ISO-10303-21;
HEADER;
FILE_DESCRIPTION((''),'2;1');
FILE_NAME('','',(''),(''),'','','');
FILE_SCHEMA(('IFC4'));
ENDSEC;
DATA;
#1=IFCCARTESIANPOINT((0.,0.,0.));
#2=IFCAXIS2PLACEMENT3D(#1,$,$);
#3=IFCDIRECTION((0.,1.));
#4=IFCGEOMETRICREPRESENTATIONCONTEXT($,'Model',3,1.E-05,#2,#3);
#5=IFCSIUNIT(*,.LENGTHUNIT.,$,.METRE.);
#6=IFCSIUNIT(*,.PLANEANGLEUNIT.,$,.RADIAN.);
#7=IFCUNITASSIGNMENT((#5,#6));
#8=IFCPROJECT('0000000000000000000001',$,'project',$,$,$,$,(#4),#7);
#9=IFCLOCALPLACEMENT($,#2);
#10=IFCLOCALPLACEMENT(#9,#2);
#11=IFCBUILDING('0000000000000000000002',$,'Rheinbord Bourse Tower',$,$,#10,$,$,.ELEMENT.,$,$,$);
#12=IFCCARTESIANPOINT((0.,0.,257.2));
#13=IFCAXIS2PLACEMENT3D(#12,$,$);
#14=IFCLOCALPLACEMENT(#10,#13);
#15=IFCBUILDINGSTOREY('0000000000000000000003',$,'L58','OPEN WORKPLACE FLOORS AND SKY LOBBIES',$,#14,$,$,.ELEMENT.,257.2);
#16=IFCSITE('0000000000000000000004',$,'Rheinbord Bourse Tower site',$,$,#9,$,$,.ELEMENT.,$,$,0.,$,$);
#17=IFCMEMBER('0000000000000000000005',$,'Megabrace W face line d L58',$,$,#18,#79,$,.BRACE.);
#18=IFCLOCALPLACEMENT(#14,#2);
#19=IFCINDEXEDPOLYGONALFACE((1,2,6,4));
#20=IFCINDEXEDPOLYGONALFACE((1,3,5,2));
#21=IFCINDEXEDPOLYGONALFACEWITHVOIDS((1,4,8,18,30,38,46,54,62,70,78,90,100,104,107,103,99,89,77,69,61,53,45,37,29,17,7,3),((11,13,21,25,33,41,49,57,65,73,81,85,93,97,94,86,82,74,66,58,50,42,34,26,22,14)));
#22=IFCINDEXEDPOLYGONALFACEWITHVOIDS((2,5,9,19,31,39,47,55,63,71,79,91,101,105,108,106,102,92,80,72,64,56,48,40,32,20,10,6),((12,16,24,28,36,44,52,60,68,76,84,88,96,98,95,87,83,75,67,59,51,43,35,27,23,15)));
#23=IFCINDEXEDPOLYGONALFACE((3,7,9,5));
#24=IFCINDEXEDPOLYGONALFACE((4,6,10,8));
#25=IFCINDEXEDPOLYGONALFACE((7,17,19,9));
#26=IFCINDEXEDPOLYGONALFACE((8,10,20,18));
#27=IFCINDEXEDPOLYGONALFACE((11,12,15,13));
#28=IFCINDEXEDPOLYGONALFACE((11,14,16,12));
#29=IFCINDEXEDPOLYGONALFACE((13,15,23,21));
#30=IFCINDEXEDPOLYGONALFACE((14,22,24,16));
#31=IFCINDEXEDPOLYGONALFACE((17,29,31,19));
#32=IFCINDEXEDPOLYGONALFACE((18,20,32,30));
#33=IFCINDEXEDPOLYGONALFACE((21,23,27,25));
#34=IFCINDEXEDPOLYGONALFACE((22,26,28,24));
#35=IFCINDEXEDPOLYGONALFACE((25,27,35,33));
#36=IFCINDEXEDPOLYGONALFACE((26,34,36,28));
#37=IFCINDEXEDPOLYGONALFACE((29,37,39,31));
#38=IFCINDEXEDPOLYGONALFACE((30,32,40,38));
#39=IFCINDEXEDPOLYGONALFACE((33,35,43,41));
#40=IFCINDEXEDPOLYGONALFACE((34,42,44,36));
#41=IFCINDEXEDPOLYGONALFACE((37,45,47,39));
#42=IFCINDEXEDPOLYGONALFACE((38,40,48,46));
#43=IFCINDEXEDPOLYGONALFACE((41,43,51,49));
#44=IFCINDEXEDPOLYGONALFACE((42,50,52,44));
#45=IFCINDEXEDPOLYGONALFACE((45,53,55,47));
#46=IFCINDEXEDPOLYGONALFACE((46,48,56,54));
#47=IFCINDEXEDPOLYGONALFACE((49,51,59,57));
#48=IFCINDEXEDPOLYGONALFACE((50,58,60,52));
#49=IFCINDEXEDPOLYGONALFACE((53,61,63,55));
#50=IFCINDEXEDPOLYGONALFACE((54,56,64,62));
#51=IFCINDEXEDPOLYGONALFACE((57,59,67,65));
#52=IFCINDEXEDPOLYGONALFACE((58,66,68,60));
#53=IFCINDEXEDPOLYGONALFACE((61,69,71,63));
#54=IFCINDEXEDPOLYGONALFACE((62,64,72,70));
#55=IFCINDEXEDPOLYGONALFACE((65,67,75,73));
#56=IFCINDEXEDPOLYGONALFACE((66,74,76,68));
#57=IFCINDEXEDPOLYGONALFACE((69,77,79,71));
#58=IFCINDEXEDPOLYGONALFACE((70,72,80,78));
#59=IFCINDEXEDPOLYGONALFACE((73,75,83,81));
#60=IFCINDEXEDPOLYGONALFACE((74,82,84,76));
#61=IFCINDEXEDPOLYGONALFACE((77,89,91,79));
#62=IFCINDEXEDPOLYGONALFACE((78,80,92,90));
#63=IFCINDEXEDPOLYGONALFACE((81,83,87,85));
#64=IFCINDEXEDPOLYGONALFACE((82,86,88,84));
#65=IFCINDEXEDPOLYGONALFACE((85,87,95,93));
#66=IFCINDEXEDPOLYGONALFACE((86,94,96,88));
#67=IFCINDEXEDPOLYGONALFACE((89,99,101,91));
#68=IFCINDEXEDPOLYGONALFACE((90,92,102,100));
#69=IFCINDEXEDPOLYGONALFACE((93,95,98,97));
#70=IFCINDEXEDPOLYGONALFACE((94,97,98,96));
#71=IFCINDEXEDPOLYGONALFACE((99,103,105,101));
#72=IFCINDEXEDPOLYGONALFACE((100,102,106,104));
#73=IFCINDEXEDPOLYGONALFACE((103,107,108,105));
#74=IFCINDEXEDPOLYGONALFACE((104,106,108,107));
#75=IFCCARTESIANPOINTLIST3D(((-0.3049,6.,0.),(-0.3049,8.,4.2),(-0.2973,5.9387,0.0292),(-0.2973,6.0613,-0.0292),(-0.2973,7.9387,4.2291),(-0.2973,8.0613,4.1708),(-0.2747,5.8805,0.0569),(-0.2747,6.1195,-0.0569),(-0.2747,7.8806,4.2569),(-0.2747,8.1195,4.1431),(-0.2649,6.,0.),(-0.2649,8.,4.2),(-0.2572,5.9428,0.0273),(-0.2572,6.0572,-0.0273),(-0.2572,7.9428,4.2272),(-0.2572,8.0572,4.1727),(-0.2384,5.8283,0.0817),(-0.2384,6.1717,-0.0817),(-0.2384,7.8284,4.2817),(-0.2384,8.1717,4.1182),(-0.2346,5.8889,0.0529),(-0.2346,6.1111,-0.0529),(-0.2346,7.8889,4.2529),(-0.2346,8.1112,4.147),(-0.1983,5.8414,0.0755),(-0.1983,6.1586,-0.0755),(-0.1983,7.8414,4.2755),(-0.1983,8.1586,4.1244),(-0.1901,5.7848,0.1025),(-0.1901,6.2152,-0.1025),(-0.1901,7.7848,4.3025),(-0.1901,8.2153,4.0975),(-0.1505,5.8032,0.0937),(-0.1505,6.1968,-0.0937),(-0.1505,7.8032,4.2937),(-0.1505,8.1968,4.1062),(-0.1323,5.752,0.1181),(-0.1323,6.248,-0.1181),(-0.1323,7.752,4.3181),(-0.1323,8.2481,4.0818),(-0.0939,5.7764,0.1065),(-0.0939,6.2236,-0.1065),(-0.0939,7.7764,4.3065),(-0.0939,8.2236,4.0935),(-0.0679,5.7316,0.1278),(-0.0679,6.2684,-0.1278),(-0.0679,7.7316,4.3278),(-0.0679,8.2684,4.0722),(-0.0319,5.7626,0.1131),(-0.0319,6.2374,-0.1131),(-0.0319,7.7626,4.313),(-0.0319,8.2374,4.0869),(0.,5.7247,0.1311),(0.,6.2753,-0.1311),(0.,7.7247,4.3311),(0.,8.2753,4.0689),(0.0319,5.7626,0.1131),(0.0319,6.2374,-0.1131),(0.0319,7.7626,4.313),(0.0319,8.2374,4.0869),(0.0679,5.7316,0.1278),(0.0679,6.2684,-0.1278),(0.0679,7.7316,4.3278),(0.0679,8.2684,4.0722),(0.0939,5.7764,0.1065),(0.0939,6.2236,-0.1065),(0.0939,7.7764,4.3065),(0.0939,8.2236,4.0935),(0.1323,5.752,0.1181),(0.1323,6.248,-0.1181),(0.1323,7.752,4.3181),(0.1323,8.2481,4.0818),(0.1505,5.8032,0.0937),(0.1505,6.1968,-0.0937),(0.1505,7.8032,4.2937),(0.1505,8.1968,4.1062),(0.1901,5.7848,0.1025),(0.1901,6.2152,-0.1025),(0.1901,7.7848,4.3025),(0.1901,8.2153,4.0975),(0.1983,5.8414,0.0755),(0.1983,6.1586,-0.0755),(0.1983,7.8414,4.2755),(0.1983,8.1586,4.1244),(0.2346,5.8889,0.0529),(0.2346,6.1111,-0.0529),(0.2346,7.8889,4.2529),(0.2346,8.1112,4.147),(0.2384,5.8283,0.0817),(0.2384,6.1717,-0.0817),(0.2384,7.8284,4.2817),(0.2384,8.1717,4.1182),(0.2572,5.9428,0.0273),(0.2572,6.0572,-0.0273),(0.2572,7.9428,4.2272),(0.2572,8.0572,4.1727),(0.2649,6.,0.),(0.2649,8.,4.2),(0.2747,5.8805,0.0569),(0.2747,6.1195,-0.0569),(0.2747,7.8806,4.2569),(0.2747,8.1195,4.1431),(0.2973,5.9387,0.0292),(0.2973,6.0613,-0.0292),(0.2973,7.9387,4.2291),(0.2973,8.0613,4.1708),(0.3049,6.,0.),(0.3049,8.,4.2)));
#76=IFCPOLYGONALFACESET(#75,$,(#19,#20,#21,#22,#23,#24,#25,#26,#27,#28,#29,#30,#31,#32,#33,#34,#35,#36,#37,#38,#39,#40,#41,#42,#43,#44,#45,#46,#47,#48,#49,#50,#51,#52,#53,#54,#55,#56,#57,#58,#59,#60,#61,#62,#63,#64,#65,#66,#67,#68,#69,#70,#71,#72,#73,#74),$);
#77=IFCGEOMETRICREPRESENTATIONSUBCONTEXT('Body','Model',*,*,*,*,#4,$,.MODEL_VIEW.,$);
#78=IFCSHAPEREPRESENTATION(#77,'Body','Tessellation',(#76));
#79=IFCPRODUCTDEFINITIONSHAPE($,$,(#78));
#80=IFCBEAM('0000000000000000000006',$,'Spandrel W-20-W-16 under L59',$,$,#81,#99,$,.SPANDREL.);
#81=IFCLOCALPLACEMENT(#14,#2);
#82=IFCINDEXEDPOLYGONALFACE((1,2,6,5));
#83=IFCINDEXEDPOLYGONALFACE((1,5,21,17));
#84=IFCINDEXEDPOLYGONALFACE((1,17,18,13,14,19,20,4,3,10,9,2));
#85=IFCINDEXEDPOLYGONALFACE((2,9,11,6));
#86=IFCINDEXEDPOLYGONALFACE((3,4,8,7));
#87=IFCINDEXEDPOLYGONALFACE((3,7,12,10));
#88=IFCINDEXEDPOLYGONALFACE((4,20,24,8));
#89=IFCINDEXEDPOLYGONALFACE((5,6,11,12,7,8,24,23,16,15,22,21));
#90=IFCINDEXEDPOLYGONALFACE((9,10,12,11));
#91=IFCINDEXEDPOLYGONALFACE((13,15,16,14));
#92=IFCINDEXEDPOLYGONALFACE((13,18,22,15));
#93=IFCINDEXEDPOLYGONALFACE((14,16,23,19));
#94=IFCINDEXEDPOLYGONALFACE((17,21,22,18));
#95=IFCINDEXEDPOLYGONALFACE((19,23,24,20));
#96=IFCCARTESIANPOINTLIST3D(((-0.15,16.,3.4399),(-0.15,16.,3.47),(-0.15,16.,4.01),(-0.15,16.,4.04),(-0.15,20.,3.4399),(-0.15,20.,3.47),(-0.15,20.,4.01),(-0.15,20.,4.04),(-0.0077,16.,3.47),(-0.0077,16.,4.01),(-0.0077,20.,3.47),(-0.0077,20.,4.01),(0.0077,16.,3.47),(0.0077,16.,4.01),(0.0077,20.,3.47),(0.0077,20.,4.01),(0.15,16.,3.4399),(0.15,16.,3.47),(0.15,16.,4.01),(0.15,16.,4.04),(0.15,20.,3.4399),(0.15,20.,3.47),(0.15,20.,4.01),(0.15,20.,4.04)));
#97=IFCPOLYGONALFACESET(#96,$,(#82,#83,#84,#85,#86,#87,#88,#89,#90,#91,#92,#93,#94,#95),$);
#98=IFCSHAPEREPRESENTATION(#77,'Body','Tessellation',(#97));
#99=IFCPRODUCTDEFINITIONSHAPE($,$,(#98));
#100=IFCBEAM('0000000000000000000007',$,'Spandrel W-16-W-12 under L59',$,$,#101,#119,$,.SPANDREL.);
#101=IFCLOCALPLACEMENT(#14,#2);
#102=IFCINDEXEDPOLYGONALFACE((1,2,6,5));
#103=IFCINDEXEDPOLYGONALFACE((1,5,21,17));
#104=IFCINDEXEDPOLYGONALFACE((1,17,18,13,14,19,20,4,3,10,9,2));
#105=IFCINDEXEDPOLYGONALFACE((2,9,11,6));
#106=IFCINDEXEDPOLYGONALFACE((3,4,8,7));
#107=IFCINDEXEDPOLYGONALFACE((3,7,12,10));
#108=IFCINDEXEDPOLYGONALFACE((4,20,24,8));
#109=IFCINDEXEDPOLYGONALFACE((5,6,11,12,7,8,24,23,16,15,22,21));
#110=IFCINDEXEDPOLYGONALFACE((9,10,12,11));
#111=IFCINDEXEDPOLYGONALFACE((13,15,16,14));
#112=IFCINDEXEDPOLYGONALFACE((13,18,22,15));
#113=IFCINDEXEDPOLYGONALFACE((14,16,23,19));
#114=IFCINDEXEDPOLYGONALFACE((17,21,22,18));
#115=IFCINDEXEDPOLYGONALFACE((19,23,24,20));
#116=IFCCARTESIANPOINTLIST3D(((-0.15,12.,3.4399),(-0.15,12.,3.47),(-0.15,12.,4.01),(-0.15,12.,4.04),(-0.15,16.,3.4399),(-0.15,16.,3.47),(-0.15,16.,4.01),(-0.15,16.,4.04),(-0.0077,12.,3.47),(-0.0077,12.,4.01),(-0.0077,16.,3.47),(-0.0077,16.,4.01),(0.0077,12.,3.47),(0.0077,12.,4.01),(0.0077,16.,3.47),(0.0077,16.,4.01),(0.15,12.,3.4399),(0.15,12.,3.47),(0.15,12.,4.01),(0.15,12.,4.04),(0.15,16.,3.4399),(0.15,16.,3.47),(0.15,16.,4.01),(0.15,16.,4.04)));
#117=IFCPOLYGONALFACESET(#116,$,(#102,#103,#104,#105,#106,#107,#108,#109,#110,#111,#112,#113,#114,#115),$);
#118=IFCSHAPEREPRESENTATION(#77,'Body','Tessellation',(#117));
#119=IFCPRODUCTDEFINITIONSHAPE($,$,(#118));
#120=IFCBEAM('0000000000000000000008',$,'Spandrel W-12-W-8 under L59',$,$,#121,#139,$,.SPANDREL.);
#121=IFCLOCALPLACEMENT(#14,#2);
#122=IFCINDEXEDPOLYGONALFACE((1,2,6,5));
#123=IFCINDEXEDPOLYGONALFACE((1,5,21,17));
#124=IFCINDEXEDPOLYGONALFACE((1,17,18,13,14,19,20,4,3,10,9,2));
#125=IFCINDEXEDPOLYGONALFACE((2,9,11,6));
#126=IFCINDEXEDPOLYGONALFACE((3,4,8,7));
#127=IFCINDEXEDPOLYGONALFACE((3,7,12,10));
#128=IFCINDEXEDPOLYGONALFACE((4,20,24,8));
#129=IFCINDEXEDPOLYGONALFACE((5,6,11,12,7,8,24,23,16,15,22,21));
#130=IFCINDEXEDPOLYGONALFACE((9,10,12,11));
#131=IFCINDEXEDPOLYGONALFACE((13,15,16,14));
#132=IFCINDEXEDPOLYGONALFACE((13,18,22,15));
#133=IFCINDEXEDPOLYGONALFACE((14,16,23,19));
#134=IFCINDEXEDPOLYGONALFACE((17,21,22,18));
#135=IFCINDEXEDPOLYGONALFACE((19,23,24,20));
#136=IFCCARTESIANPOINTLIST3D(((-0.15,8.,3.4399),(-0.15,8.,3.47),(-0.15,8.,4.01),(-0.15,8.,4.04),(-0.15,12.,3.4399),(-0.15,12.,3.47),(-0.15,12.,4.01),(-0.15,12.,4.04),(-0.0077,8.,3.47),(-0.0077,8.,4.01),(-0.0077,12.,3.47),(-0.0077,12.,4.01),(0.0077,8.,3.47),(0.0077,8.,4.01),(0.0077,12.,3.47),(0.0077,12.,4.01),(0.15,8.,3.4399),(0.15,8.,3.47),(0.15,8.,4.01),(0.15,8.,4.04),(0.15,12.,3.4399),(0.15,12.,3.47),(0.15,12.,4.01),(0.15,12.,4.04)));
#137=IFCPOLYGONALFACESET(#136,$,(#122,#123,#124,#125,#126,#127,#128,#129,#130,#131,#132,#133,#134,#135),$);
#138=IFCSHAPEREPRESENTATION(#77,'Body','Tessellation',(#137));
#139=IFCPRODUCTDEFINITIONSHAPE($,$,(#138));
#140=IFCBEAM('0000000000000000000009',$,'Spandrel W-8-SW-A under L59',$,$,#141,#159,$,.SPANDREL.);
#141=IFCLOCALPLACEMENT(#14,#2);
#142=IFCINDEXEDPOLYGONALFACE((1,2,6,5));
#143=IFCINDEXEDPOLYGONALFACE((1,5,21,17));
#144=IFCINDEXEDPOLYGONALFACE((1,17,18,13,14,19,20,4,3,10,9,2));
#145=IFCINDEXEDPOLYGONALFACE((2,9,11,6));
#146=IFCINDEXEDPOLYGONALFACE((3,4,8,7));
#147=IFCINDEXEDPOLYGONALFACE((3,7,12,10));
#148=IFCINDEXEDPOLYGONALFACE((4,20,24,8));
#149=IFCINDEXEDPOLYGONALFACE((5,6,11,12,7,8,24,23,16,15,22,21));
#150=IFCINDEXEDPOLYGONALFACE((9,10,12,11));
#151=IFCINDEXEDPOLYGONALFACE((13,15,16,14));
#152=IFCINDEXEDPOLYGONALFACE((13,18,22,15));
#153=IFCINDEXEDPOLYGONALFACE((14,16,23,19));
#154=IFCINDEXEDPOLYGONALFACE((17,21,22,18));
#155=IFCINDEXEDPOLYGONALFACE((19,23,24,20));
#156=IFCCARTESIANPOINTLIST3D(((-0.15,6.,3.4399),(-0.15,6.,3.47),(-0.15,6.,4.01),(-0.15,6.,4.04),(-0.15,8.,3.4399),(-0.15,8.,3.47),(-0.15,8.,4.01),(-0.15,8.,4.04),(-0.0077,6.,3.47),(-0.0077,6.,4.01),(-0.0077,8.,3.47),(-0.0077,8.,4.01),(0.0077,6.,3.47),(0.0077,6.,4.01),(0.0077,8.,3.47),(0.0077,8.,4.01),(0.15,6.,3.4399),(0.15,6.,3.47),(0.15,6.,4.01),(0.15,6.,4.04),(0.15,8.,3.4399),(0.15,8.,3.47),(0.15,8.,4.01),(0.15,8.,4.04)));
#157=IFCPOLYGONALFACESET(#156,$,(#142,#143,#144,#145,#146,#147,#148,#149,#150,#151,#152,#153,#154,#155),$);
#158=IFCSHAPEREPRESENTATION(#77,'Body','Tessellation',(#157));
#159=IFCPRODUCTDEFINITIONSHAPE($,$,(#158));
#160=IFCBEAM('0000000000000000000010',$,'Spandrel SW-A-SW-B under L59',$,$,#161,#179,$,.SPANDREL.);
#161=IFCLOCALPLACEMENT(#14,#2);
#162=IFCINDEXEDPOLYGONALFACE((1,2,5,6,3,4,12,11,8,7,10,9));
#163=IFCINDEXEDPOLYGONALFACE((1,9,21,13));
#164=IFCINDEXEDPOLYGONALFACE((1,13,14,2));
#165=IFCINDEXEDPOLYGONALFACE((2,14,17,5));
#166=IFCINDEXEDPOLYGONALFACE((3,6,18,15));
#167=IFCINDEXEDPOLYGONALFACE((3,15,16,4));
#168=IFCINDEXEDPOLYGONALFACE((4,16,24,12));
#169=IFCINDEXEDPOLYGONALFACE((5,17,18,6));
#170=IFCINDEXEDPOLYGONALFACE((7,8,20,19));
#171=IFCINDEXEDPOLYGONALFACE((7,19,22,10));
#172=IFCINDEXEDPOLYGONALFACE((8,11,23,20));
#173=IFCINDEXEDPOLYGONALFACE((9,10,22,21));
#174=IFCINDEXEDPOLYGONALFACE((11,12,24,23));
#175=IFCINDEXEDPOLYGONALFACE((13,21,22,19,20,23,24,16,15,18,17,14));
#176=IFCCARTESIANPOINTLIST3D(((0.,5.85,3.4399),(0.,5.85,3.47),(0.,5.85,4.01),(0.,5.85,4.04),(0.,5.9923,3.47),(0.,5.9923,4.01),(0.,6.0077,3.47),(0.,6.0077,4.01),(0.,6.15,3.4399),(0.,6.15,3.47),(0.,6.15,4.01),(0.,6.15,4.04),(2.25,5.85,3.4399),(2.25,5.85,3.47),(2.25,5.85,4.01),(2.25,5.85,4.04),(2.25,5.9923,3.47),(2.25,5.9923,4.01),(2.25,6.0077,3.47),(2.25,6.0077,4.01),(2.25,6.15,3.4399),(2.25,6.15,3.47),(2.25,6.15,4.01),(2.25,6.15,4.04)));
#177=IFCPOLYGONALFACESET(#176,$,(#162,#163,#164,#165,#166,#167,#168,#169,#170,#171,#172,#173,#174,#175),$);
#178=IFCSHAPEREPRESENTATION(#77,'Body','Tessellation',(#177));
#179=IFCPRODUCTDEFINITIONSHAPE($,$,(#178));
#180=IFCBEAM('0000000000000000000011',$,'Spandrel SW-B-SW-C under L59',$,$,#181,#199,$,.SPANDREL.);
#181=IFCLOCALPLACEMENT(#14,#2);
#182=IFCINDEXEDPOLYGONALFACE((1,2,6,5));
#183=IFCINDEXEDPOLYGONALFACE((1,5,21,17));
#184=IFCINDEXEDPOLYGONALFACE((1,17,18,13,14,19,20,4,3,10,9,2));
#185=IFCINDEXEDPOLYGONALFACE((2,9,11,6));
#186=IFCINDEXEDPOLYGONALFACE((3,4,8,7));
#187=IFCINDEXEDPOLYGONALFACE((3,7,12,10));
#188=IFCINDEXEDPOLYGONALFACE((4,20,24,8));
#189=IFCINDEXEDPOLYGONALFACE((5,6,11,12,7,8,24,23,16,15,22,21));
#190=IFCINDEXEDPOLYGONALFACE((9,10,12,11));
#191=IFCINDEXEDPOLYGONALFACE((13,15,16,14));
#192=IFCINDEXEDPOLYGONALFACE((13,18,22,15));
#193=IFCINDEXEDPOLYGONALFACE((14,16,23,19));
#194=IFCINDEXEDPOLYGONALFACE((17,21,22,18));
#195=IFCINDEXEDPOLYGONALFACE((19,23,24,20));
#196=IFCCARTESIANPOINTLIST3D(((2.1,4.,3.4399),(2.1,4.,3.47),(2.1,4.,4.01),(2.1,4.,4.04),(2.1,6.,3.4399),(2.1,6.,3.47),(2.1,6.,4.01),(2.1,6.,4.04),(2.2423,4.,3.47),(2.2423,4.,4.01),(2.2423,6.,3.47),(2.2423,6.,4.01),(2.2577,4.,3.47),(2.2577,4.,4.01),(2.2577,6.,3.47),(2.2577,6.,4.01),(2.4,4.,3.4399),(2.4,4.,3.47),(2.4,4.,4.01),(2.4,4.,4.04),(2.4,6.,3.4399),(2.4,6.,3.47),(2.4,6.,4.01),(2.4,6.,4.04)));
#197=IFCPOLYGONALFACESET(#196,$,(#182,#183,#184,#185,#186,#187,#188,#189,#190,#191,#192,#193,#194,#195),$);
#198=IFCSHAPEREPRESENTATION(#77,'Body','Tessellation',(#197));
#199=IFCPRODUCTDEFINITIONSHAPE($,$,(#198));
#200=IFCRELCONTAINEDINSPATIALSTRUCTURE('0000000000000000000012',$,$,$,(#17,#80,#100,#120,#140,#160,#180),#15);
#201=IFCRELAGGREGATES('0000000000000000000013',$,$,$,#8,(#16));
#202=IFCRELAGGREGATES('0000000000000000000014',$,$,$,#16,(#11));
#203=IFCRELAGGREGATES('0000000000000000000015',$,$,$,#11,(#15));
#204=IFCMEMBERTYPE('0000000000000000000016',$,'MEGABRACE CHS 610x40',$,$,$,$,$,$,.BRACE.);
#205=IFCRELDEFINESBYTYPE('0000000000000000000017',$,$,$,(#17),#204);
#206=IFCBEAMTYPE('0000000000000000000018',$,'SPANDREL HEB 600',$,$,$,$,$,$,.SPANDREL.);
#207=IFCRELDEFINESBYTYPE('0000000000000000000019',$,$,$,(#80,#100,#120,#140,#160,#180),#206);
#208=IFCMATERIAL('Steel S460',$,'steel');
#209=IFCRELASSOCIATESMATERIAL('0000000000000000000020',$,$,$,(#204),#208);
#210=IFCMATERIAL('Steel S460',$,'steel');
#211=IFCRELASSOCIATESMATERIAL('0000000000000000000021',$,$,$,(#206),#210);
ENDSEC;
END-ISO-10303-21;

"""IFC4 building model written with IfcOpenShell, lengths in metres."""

from ifc_helpers import new_model, si_unit, direction, frame, origin, origin_2d, place, context, subcontext, project, spatial, hollow_circle, i_section, extrude, material, material_profile, profile_set, type_object, element, save


model = new_model("IFC4")

# Units and contexts
model_context = context("Model", 3, precision=1e-05, world=origin(), true_north=direction((0.0, 1.0)))
body_context = subcontext(model_context, "Body", "Model", "MODEL_VIEW")
ifc_project = project(units=[si_unit("LENGTHUNIT", "METRE"), si_unit("PLANEANGLEUNIT", "RADIAN")], contexts=[model_context])

# Site, building, storey
site_placement = place(None, origin())
site = spatial("IfcSite", under=ifc_project, at=site_placement, Name="Rheinbord Bourse Tower site", CompositionType="ELEMENT", RefElevation=0.0)
building_placement = place(site_placement, origin())
building = spatial("IfcBuilding", under=site, at=building_placement, Name="Rheinbord Bourse Tower", CompositionType="ELEMENT")
storey_placement = place(building_placement, frame((0.0, 0.0, 257.2)))
storey = spatial("IfcBuildingStorey", under=building, at=storey_placement, Name="L58", Description="OPEN WORKPLACE FLOORS AND SKY LOBBIES", CompositionType="ELEMENT", Elevation=257.2)

# Member
ifc_material_1 = material(Name="Steel S460", Category="steel")
ifc_material_profile_1 = material_profile(ifc_material_1, hollow_circle(Radius=0.3049, WallThickness=0.04, at=origin_2d()), Name="CHS 610x40")
ifc_profile_set_1 = profile_set([ifc_material_profile_1], Name="Steel S460")
member_type_1 = type_object("IfcMemberType", Name="MEGABRACE CHS 610x40", PredefinedType="BRACE", material=ifc_profile_set_1)
member_1_placement = place(storey_placement, frame((0.0, 6.0, 0.0), z_axis=(0.0, 0.429938, 0.902859), x_axis=(-1.0, 0.0, 0.0)))
element("IfcMember", 1, at=member_1_placement, inside=storey, type_object=member_type_1, Name="Megabrace W face line d L58", PredefinedType="BRACE", context=body_context, shape_type="SweptSolid", body=[
    extrude(hollow_circle(Radius=0.3049, WallThickness=0.04, at=origin_2d()), origin(), (0.0, 0.0, 1.0), 4.6519),
])

# Beams
ifc_material_2 = material(Name="Steel S460", Category="steel")
ifc_material_profile_2 = material_profile(ifc_material_2, i_section(OverallWidth=0.3, OverallDepth=0.6001, WebThickness=0.0154, FlangeThickness=0.03, at=origin_2d()), Name="HEB 600")
ifc_profile_set_2 = profile_set([ifc_material_profile_2], Name="Steel S460")
beam_type_1 = type_object("IfcBeamType", Name="SPANDREL HEB 600", PredefinedType="SPANDREL", material=ifc_profile_set_2)
for number, where, z_axis, x_axis, name in (
    (2, (0.0, 20.0, 3.74), (0.0, -1.0, 0.0), (1.0, 0.0, 0.0), "Spandrel W-20-W-16 under L59"),
    (3, (0.0, 16.0, 3.74), (0.0, -1.0, 0.0), (1.0, 0.0, 0.0), "Spandrel W-16-W-12 under L59"),
    (4, (0.0, 12.0, 3.74), (0.0, -1.0, 0.0), (1.0, 0.0, 0.0), "Spandrel W-12-W-8 under L59"),
):
    element("IfcBeam", number, at=place(storey_placement, frame(where, z_axis=z_axis, x_axis=x_axis)), inside=storey, type_object=beam_type_1, Name=name, PredefinedType="SPANDREL", context=body_context, shape_type="SweptSolid", body=[
        extrude(i_section(OverallWidth=0.3, OverallDepth=0.6001, WebThickness=0.0154, FlangeThickness=0.03, at=origin_2d()), origin(), (0.0, 0.0, 1.0), 4.0),
    ])
beam_1_placement = place(storey_placement, frame((0.0, 8.0, 3.74), z_axis=(0.0, -1.0, 0.0), x_axis=(1.0, 0.0, 0.0)))
element("IfcBeam", 5, at=beam_1_placement, inside=storey, type_object=beam_type_1, Name="Spandrel W-8-SW-A under L59", PredefinedType="SPANDREL", context=body_context, shape_type="SweptSolid", body=[
    extrude(i_section(OverallWidth=0.3, OverallDepth=0.6001, WebThickness=0.0154, FlangeThickness=0.03, at=origin_2d()), origin(), (0.0, 0.0, 1.0), 2.0),
])
beam_2_placement = place(storey_placement, frame((0.0, 6.0, 3.74), z_axis=(1.0, 0.0, 0.0), x_axis=(0.0, 1.0, 0.0)))
element("IfcBeam", 6, at=beam_2_placement, inside=storey, type_object=beam_type_1, Name="Spandrel SW-A-SW-B under L59", PredefinedType="SPANDREL", context=body_context, shape_type="SweptSolid", body=[
    extrude(i_section(OverallWidth=0.3, OverallDepth=0.6001, WebThickness=0.0154, FlangeThickness=0.03, at=origin_2d()), origin(), (0.0, 0.0, 1.0), 2.25),
])
beam_3_placement = place(storey_placement, frame((2.25, 6.0, 3.74), z_axis=(0.0, -1.0, 0.0), x_axis=(1.0, 0.0, 0.0)))
element("IfcBeam", 7, at=beam_3_placement, inside=storey, type_object=beam_type_1, Name="Spandrel SW-B-SW-C under L59", PredefinedType="SPANDREL", context=body_context, shape_type="SweptSolid", body=[
    extrude(i_section(OverallWidth=0.3, OverallDepth=0.6001, WebThickness=0.0154, FlangeThickness=0.03, at=origin_2d()), origin(), (0.0, 0.0, 1.0), 2.0),
])

save(model, "model.ifc")
